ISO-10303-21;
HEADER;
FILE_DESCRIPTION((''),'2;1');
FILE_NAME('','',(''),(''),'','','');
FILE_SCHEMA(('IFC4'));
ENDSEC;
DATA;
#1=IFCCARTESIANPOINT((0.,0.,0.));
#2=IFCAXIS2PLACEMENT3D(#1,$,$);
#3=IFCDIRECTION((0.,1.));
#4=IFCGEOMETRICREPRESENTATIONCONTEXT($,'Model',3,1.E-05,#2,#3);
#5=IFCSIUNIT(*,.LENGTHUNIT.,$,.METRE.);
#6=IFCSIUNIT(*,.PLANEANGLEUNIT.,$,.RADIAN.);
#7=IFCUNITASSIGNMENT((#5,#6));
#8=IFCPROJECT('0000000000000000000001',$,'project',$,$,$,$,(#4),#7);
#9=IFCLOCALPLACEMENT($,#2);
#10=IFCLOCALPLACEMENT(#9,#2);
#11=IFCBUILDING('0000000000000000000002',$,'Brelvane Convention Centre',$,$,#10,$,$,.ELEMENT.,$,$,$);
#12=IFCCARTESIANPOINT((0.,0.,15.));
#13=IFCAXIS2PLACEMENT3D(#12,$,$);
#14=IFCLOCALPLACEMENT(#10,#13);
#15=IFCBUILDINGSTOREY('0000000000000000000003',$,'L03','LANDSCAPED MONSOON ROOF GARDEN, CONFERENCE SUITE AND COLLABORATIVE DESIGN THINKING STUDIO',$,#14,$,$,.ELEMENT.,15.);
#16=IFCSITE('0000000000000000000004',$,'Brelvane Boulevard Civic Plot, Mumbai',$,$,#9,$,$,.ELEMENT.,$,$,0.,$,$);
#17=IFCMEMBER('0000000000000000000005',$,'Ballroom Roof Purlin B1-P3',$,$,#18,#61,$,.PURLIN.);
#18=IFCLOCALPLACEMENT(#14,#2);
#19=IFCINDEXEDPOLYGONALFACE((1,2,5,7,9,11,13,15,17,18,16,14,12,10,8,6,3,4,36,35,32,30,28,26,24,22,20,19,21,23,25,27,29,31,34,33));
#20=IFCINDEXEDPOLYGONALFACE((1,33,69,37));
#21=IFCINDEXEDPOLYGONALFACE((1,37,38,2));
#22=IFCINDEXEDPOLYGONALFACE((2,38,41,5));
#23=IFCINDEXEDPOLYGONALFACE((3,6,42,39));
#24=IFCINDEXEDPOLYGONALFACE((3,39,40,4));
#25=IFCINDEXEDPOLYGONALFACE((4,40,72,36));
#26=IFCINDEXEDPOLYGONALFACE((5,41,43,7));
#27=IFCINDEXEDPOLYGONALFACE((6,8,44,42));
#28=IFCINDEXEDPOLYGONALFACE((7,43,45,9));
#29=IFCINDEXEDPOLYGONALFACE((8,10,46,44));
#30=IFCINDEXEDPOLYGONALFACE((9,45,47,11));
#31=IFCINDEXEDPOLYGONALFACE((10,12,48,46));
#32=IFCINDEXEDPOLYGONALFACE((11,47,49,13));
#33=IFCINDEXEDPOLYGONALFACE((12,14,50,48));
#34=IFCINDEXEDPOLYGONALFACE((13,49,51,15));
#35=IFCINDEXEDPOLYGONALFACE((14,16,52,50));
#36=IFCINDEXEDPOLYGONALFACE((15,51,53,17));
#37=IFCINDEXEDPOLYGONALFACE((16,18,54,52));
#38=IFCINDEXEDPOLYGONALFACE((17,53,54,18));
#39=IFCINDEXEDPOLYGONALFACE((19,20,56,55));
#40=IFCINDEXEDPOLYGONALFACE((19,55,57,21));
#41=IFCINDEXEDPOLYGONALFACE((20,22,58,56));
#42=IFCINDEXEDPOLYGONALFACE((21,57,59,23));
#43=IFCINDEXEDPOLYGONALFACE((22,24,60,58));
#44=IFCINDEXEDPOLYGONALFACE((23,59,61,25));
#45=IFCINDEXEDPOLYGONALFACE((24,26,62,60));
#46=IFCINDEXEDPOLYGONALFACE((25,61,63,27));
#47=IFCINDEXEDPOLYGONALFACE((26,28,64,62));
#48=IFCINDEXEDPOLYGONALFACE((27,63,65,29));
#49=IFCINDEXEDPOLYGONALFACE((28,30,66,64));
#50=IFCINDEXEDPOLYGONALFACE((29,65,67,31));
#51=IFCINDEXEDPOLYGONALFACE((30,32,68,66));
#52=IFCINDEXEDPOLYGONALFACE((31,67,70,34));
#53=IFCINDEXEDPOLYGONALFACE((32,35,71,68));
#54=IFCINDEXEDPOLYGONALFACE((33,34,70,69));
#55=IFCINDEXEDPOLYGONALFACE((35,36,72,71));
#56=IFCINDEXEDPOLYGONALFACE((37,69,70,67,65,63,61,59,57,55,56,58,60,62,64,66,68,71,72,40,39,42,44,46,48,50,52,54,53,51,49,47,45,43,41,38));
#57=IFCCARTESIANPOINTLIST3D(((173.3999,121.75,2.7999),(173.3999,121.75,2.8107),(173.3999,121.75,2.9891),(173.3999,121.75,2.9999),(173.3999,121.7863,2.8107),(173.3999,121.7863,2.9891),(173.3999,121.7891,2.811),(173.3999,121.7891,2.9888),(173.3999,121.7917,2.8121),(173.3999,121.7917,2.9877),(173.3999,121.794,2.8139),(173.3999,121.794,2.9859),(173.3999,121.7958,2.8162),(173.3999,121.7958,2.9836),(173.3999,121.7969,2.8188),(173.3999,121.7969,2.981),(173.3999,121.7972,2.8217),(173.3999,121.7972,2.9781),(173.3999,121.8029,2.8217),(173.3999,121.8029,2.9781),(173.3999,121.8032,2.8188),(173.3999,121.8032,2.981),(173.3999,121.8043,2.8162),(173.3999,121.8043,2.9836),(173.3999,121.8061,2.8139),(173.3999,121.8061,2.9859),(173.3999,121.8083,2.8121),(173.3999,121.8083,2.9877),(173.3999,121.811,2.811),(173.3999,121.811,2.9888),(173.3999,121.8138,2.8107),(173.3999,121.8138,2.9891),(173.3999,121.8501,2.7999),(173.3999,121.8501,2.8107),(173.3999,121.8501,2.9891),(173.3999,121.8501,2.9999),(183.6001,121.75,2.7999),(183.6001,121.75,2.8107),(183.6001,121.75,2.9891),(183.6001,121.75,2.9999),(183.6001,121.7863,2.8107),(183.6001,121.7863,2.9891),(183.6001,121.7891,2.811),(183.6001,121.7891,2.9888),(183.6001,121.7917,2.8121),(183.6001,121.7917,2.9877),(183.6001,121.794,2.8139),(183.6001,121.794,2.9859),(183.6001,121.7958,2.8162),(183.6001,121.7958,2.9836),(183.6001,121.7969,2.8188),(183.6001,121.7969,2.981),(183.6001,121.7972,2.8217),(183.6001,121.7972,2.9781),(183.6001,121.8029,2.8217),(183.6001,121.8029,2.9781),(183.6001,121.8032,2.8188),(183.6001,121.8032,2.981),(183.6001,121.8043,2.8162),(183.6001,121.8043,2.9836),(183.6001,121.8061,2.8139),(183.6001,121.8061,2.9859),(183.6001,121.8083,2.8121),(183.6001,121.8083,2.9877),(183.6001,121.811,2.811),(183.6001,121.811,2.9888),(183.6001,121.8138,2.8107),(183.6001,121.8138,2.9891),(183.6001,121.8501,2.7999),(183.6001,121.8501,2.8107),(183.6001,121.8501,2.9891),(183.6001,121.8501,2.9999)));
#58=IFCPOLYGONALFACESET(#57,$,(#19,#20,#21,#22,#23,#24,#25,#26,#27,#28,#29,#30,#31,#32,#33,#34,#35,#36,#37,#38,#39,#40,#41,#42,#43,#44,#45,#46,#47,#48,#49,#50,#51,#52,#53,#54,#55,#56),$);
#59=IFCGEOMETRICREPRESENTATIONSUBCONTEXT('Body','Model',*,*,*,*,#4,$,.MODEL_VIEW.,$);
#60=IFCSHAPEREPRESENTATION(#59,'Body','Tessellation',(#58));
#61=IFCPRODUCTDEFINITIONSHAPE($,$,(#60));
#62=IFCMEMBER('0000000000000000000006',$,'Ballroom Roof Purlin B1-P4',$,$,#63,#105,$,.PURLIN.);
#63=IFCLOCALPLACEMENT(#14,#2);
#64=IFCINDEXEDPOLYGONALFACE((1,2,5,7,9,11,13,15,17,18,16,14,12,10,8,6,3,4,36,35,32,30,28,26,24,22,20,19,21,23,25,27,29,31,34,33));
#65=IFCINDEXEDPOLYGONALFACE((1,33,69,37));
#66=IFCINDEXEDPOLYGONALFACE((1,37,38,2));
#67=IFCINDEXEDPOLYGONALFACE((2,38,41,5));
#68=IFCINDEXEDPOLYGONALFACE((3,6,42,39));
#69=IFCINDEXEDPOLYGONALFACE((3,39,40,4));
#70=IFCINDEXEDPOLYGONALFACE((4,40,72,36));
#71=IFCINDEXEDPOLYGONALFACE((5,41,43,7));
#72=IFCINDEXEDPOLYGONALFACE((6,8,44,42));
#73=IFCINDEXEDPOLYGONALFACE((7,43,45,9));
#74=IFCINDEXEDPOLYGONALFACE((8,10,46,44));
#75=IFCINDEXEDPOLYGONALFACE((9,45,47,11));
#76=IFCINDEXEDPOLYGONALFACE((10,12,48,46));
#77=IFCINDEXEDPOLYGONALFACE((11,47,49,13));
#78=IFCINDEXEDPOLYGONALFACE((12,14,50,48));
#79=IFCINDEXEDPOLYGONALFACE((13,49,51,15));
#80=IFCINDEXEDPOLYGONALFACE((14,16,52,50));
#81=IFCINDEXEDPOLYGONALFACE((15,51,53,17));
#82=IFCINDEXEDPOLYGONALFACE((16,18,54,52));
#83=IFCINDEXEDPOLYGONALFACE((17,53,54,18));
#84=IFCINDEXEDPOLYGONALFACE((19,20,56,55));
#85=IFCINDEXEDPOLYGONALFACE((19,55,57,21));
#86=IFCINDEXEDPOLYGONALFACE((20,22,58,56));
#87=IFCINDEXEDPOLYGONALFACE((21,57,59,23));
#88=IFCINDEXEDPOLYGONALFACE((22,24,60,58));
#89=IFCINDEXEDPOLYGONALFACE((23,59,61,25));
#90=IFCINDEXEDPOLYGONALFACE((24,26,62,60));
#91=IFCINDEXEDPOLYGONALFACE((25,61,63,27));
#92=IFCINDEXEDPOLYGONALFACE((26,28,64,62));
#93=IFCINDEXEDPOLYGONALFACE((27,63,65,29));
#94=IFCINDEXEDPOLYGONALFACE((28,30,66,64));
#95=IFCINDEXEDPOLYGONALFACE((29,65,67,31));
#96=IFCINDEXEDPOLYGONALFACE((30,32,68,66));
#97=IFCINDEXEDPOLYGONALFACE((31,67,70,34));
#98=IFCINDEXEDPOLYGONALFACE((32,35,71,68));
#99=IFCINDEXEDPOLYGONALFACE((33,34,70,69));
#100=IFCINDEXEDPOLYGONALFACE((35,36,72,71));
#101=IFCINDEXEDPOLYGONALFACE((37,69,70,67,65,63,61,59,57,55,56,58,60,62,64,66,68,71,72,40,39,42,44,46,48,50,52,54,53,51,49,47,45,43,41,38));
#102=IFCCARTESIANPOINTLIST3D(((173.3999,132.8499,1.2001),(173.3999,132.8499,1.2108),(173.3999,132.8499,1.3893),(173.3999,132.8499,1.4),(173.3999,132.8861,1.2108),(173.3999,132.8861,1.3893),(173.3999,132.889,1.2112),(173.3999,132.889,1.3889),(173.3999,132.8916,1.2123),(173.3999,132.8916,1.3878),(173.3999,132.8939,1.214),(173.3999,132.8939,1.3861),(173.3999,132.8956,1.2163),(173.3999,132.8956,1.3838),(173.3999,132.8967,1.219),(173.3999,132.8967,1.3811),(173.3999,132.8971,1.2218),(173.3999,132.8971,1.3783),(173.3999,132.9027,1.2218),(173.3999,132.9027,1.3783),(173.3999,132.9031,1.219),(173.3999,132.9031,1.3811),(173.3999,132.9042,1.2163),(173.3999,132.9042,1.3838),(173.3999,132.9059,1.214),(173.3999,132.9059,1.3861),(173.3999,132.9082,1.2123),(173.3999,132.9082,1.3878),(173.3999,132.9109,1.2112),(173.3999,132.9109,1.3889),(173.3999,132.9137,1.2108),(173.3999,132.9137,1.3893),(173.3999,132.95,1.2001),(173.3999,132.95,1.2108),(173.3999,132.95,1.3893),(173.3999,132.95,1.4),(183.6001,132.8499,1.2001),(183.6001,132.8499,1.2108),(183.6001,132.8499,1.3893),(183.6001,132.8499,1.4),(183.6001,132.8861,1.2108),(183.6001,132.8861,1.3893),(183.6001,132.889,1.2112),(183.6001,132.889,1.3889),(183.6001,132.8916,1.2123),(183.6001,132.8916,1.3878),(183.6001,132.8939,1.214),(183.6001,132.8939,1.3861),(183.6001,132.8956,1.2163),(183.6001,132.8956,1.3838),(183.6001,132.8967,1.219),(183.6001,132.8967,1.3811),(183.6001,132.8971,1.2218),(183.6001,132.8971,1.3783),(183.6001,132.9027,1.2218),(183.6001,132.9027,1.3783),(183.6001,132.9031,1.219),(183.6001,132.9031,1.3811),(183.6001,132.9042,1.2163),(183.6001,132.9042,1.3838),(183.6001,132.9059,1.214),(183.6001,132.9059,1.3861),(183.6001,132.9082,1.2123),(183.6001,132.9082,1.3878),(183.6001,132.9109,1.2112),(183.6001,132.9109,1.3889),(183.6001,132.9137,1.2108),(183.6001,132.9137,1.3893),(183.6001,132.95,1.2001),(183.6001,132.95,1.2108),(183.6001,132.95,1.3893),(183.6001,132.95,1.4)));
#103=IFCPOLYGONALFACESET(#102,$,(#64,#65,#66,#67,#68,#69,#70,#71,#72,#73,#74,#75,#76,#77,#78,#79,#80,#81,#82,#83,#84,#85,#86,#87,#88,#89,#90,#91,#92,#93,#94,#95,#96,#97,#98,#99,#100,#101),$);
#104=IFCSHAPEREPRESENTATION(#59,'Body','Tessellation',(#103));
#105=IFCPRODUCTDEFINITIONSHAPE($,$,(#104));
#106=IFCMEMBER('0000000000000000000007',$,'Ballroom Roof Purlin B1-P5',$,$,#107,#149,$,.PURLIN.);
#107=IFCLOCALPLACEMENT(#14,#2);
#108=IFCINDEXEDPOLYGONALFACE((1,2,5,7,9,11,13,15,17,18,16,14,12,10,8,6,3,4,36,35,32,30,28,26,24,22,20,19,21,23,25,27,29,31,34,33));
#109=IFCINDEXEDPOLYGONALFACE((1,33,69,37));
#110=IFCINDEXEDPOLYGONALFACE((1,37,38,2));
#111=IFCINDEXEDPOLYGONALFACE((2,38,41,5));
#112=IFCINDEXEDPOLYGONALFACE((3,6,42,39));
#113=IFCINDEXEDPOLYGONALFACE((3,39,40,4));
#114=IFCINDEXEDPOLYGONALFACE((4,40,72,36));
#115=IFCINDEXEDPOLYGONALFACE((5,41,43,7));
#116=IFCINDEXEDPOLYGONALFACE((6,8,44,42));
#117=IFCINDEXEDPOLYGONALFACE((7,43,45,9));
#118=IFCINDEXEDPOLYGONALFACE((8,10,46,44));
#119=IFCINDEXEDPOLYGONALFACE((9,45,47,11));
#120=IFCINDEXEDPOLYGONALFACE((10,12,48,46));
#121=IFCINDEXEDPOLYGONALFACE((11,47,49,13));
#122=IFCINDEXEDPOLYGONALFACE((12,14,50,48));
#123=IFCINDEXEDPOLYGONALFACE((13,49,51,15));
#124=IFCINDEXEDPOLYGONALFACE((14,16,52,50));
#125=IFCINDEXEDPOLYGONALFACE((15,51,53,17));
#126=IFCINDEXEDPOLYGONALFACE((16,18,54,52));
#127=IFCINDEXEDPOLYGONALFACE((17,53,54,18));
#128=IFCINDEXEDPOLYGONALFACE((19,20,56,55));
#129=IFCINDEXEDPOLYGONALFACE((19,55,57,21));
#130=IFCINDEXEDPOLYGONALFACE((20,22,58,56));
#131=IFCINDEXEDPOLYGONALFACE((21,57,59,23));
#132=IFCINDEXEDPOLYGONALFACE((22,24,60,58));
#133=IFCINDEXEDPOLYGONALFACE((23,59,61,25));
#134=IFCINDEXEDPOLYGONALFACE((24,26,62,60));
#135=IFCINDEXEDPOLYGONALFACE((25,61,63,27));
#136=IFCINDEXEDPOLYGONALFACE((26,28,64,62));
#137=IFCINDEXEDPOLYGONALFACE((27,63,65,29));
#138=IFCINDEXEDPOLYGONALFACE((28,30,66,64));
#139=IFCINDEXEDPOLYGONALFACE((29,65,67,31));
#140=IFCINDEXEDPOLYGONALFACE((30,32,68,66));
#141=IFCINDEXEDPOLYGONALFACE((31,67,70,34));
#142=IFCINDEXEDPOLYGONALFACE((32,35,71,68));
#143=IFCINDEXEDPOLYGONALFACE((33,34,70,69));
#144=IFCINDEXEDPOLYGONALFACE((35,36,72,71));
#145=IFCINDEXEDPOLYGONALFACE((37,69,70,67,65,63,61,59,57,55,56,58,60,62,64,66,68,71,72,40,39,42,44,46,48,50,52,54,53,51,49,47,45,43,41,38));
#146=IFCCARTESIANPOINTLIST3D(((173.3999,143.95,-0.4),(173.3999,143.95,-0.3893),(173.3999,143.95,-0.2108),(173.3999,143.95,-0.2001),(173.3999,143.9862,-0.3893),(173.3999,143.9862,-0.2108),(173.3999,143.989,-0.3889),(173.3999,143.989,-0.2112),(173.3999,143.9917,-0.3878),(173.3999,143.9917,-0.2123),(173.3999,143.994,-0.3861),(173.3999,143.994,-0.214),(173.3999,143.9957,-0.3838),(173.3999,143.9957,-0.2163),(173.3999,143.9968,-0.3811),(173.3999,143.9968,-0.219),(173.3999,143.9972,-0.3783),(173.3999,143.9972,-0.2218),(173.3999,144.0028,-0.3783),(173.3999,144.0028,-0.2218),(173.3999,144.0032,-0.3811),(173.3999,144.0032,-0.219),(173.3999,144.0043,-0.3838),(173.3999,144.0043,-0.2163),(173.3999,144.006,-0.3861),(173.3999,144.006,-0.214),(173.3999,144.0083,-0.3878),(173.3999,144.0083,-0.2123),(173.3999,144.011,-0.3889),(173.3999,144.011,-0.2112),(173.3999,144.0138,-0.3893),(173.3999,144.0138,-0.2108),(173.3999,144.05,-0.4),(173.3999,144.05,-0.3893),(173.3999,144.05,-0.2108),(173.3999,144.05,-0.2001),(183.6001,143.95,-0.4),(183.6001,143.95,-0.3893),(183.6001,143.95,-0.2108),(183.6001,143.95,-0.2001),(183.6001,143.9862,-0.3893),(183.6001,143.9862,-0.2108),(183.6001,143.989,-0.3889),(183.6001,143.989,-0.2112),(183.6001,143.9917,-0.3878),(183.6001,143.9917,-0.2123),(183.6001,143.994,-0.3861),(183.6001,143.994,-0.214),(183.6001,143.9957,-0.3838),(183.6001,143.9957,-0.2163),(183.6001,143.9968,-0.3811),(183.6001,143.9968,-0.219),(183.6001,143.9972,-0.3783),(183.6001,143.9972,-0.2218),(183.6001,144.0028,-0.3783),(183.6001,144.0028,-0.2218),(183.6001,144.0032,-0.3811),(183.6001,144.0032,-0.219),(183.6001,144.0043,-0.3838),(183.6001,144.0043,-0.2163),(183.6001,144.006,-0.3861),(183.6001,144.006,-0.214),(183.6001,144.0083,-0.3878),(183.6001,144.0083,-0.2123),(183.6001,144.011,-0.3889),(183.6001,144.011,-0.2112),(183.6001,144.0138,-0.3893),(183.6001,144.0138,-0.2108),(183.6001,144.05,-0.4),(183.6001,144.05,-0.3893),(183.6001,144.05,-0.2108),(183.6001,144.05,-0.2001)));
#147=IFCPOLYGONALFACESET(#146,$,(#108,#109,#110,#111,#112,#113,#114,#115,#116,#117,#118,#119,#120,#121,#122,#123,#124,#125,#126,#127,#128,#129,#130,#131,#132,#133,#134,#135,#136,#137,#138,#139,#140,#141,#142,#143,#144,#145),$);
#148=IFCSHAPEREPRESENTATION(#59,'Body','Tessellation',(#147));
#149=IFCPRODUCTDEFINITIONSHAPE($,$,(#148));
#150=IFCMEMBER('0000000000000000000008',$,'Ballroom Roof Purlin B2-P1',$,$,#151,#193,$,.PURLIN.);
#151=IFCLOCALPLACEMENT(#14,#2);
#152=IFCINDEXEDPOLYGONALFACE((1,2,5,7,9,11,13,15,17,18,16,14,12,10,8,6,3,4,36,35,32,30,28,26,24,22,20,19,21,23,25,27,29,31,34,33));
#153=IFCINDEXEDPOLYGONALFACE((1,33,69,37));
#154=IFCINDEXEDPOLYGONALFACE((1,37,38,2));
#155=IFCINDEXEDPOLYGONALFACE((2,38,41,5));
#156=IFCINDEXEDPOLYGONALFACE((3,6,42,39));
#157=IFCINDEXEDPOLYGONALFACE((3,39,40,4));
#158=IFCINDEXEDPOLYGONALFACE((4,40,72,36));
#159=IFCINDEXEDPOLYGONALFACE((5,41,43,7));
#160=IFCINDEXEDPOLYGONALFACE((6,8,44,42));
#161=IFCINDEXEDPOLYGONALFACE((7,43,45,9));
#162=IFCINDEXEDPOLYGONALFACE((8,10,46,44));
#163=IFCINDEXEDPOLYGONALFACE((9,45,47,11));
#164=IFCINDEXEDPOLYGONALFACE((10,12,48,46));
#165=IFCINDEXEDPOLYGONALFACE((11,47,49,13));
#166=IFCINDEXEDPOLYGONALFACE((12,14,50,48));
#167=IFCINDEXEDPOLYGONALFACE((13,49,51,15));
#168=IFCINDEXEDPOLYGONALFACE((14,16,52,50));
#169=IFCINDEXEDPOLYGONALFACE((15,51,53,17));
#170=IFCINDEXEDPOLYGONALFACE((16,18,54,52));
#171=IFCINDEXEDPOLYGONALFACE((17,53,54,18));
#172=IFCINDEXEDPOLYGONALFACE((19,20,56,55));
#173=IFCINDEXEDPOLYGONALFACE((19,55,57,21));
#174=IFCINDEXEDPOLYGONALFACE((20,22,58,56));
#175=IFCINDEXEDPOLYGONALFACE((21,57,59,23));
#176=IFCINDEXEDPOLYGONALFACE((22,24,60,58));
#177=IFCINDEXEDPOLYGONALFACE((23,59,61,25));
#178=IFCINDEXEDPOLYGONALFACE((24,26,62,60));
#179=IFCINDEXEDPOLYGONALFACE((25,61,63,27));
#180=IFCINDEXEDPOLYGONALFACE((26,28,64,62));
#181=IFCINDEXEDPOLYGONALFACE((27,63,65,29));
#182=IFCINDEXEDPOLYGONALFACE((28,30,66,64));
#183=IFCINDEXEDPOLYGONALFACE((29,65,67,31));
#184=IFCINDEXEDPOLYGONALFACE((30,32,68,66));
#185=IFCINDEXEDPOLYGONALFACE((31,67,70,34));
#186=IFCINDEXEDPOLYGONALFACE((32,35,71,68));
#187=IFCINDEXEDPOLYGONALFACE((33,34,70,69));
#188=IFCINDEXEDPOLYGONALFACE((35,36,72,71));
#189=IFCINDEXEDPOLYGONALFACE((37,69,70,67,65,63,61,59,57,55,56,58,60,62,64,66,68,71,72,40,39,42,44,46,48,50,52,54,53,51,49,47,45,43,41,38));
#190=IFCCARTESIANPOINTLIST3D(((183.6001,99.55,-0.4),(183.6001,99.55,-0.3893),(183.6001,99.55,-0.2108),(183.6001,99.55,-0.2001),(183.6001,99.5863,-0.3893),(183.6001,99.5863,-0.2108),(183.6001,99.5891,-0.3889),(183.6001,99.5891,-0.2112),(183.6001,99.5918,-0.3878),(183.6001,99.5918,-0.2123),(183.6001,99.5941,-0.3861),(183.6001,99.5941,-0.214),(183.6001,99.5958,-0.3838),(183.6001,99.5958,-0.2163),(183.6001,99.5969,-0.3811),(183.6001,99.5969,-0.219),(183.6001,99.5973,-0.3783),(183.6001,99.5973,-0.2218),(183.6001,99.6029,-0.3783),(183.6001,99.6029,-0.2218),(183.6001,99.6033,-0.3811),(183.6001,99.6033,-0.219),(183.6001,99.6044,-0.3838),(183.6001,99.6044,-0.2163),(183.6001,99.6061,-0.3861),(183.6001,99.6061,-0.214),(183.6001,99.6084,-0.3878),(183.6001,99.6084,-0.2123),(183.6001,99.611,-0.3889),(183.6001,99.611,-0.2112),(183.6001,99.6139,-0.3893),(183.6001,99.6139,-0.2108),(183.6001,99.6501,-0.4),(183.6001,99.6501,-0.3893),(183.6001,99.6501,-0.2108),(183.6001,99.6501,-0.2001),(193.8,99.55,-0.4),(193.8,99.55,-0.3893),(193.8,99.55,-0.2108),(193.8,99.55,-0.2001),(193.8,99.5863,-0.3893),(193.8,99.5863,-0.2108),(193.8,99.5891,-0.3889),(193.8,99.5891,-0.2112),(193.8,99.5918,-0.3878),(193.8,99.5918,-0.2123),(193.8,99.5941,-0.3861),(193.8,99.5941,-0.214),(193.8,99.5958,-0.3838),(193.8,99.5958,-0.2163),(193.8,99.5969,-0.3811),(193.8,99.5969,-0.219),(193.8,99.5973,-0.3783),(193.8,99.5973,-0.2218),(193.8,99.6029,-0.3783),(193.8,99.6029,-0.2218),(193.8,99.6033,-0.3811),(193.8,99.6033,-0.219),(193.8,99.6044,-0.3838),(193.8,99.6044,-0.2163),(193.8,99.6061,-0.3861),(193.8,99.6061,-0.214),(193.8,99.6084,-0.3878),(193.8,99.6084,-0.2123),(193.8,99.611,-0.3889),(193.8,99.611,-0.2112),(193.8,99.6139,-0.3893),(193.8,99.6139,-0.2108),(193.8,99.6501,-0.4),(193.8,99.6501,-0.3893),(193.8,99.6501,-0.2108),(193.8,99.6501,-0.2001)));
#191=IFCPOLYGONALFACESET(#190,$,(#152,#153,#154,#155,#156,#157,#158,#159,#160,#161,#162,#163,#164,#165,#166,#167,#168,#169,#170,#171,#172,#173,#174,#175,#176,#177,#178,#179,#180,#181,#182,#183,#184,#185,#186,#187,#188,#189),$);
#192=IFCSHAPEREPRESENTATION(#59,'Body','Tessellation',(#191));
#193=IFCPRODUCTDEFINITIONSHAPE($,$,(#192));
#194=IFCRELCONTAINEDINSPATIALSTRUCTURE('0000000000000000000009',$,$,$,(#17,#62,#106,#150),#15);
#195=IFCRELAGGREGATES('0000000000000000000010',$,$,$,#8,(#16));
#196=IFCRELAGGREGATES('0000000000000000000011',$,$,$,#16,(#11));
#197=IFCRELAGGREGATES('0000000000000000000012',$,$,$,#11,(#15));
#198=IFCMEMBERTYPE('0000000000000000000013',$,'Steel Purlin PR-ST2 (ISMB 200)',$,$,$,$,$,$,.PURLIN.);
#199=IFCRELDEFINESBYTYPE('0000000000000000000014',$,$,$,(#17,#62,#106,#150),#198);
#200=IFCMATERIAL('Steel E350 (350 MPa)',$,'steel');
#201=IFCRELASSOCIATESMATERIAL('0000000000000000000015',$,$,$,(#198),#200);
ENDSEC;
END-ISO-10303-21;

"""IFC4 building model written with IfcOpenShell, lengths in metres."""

from ifc_helpers import new_model, si_unit, direction, frame, origin, origin_2d, place, context, subcontext, project, spatial, i_section, extrude, material, material_profile, profile_set, type_object, element, save


model = new_model("IFC4")

# Units and contexts
model_context = context("Model", 3, precision=1e-05, world=origin(), true_north=direction((0.0, 1.0)))
body_context = subcontext(model_context, "Body", "Model", "MODEL_VIEW")
ifc_project = project(units=[si_unit("LENGTHUNIT", "METRE"), si_unit("PLANEANGLEUNIT", "RADIAN")], contexts=[model_context])

# Site, building, storey
site_placement = place(None, origin())
site = spatial("IfcSite", under=ifc_project, at=site_placement, Name="Brelvane Boulevard Civic Plot, Mumbai", CompositionType="ELEMENT", RefElevation=0.0)
building_placement = place(site_placement, origin())
building = spatial("IfcBuilding", under=site, at=building_placement, Name="Brelvane Convention Centre", CompositionType="ELEMENT")
storey_placement = place(building_placement, frame((0.0, 0.0, 15.0)))
storey = spatial("IfcBuildingStorey", under=building, at=storey_placement, Name="L03", Description="LANDSCAPED MONSOON ROOF GARDEN, CONFERENCE SUITE AND COLLABORATIVE DESIGN THINKING STUDIO", CompositionType="ELEMENT", Elevation=15.0)

# Members
ifc_material_1 = material(Name="Steel E350 (350 MPa)", Category="steel")
ifc_material_profile_1 = material_profile(ifc_material_1, i_section(OverallWidth=0.1001, OverallDepth=0.2, WebThickness=0.0056, FlangeThickness=0.0107, FilletRadius=0.011, at=origin_2d()), Name="ISMB 200")
ifc_profile_set_1 = profile_set([ifc_material_profile_1], Name="Steel E350 (350 MPa)")
member_type_1 = type_object("IfcMemberType", Name="Steel Purlin PR-ST2 (ISMB 200)", PredefinedType="PURLIN", material=ifc_profile_set_1)
for number, where, z_axis, x_axis, name in (
    (1, (173.3999, 121.8, 2.8999), (1.0, 0.0, 0.0), (0.0, 1.0, 0.0), "Ballroom Roof Purlin B1-P3"),
    (2, (173.3999, 132.8999, 1.3), (1.0, 0.0, 0.0), (0.0, 1.0, 0.0), "Ballroom Roof Purlin B1-P4"),
    (3, (173.3999, 144.0, -0.3), (1.0, 0.0, 0.0), (0.0, 1.0, 0.0), "Ballroom Roof Purlin B1-P5"),
):
    element("IfcMember", number, at=place(storey_placement, frame(where, z_axis=z_axis, x_axis=x_axis)), inside=storey, type_object=member_type_1, Name=name, PredefinedType="PURLIN", context=body_context, shape_type="SweptSolid", body=[
        extrude(i_section(OverallWidth=0.1001, OverallDepth=0.2, WebThickness=0.0056, FlangeThickness=0.0107, FilletRadius=0.011, at=origin_2d()), origin(), (0.0, 0.0, 1.0), 10.2002),
    ])
member_1_placement = place(storey_placement, frame((183.6001, 99.6001, -0.3), z_axis=(1.0, 0.0, 0.0), x_axis=(0.0, 1.0, 0.0)))
element("IfcMember", 4, at=member_1_placement, inside=storey, type_object=member_type_1, Name="Ballroom Roof Purlin B2-P1", PredefinedType="PURLIN", context=body_context, shape_type="SweptSolid", body=[
    extrude(i_section(OverallWidth=0.1001, OverallDepth=0.2, WebThickness=0.0056, FlangeThickness=0.0107, FilletRadius=0.011, at=origin_2d()), origin(), (0.0, 0.0, 1.0), 10.2),
])

save(model, "model.ifc")
